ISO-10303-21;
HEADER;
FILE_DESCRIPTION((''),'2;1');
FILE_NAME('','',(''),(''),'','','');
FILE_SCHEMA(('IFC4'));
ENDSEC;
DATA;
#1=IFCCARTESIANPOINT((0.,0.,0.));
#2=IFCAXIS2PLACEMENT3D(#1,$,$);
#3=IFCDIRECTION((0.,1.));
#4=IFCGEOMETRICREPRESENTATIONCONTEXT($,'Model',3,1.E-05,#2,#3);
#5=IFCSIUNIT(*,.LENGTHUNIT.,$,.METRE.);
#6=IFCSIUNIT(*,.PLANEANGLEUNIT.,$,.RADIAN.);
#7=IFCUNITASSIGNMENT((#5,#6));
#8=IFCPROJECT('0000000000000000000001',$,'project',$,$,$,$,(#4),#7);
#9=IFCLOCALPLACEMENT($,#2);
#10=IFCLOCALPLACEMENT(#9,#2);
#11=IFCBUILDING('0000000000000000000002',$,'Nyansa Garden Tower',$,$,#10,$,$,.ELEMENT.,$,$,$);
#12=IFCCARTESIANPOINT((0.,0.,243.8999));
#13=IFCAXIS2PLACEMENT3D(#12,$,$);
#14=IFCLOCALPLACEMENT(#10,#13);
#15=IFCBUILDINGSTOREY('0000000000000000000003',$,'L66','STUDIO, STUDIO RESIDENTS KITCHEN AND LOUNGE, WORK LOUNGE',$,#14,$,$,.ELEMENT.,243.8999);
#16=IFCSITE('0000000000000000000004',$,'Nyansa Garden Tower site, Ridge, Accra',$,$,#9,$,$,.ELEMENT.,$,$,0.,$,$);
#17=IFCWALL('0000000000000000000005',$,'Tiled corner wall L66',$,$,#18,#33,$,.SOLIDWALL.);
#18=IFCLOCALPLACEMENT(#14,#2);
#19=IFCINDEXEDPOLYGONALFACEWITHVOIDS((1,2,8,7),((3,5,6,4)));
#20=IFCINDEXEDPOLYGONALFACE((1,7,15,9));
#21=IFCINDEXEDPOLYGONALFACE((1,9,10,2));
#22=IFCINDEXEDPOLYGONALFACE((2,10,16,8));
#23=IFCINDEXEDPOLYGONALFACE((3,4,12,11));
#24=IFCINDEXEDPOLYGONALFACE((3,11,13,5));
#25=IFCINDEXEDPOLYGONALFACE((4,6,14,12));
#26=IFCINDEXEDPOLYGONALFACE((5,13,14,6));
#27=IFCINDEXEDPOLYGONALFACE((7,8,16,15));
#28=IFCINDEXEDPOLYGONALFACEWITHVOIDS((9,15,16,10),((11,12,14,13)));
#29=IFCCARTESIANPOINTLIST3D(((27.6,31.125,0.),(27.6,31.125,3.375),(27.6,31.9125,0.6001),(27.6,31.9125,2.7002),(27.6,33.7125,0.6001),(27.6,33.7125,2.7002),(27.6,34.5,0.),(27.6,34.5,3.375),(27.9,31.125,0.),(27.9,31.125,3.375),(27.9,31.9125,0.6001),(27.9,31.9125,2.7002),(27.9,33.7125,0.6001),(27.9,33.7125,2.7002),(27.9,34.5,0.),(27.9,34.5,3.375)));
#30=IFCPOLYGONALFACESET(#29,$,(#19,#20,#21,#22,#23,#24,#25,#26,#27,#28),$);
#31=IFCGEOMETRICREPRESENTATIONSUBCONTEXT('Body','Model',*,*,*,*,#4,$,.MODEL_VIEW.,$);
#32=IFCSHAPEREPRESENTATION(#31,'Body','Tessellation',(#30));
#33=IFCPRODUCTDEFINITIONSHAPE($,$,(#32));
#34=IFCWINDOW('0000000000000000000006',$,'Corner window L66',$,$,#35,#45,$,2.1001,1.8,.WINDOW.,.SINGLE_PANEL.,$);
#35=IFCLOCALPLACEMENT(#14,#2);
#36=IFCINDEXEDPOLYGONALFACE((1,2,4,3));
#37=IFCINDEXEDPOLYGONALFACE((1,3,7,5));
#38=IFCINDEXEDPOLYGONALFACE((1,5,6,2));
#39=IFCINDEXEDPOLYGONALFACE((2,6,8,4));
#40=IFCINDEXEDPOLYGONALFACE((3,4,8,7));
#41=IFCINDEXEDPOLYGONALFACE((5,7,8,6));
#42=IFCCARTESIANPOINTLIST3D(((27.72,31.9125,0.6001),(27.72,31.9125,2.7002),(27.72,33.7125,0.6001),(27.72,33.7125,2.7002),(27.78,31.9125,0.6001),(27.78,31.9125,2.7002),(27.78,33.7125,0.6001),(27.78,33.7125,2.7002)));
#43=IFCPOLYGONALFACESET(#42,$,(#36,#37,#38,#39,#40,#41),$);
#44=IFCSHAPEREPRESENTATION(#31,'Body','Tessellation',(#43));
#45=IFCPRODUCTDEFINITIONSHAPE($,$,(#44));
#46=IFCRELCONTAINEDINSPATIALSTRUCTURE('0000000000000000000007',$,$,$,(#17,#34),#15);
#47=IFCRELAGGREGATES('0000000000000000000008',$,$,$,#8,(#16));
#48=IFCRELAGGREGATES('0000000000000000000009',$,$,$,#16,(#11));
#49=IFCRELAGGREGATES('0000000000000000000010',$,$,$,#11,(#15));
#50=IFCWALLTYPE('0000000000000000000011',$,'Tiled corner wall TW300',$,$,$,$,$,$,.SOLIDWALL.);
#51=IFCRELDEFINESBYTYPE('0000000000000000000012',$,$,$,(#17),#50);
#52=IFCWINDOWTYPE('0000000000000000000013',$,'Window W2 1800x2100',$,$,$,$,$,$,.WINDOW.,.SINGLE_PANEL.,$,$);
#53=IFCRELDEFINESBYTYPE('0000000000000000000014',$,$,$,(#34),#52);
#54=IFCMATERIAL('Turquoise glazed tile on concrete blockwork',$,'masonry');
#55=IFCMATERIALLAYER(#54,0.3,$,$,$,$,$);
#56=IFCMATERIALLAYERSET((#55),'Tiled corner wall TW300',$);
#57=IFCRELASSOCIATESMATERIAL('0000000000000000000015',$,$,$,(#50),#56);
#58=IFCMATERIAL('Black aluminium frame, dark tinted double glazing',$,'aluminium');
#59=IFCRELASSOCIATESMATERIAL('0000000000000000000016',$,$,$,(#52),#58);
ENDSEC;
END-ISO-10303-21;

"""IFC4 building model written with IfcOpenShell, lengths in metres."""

from ifc_helpers import new_model, si_unit, direction, frame, frame_2d, origin, place, context, subcontext, project, spatial, rectangle, extrude, material, layer, layer_set, type_object, element, fill, save


model = new_model("IFC4")

# Units and contexts
model_context = context("Model", 3, precision=1e-05, world=origin(), true_north=direction((0.0, 1.0)))
body_context = subcontext(model_context, "Body", "Model", "MODEL_VIEW")
ifc_project = project(units=[si_unit("LENGTHUNIT", "METRE"), si_unit("PLANEANGLEUNIT", "RADIAN")], contexts=[model_context])

# Site, building, storey
site_placement = place(None, origin())
site = spatial("IfcSite", under=ifc_project, at=site_placement, Name="Nyansa Garden Tower site, Ridge, Accra", CompositionType="ELEMENT", RefElevation=0.0)
building_placement = place(site_placement, origin())
building = spatial("IfcBuilding", under=site, at=building_placement, Name="Nyansa Garden Tower", CompositionType="ELEMENT")
storey_placement = place(building_placement, frame((0.0, 0.0, 243.8999)))
storey = spatial("IfcBuildingStorey", under=building, at=storey_placement, Name="L66", Description="STUDIO, STUDIO RESIDENTS KITCHEN AND LOUNGE, WORK LOUNGE", CompositionType="ELEMENT", Elevation=243.8999)

# Wall, opening, window
ifc_material_1 = material(Name="Turquoise glazed tile on concrete blockwork", Category="masonry")
ifc_layer_1 = layer(ifc_material_1, 0.3)
ifc_layer_set_1 = layer_set([ifc_layer_1], Name="Tiled corner wall TW300")
wall_type_1 = type_object("IfcWallType", Name="Tiled corner wall TW300", PredefinedType="SOLIDWALL", material=ifc_layer_set_1)
ifc_material_2 = material(Name="Black aluminium frame, dark tinted double glazing", Category="aluminium")
window_type_1 = type_object("IfcWindowType", Name="Window W2 1800x2100", PartitioningType="SINGLE_PANEL", PredefinedType="WINDOW", material=ifc_material_2)
wall_1_placement = place(storey_placement, frame((27.75, 31.125, 0.0), z_axis=(0.0, 0.0, 1.0), x_axis=(0.0, 1.0, 0.0)))
wall_1 = element("IfcWall", 1, at=wall_1_placement, inside=storey, type_object=wall_type_1, Name="Tiled corner wall L66", PredefinedType="SOLIDWALL", context=body_context, shape_type="SweptSolid", body=[
    extrude(rectangle(XDim=3.375, YDim=0.3, at=frame_2d((1.6875, 0.0))), origin(), (0.0, 0.0, 1.0), 3.375),
])
opening_1_placement = place(wall_1_placement, frame((0.7876, 0.0, 0.6001)))
opening_1 = element("IfcOpeningElement", 2, at=opening_1_placement, cuts=wall_1, PredefinedType="OPENING", context=body_context, shape_type="SweptSolid", body=[
    extrude(rectangle(XDim=1.8, YDim=2.1001, at=frame_2d((0.8999, 1.05))), frame((0.0, 0.1599, 0.0), z_axis=(0.0, -1.0, 0.0), x_axis=(1.0, 0.0, 0.0)), (0.0, 0.0, 1.0), 0.3201),
])
window_1_placement = place(opening_1_placement, origin())
window_1 = element("IfcWindow", 3, at=window_1_placement, inside=storey, type_object=window_type_1, Name="Corner window L66", OverallHeight=2.1001, OverallWidth=1.8, PartitioningType="SINGLE_PANEL", PredefinedType="WINDOW", context=body_context, shape_type="SweptSolid", body=[
    extrude(rectangle(XDim=1.8, YDim=2.1001, at=frame_2d((0.8999, 1.05))), frame((0.0, 0.03, 0.0), z_axis=(0.0, -1.0, 0.0), x_axis=(1.0, 0.0, 0.0)), (0.0, 0.0, 1.0), 0.0601),
])
fill(opening_1, window_1)

save(model, "model.ifc")
